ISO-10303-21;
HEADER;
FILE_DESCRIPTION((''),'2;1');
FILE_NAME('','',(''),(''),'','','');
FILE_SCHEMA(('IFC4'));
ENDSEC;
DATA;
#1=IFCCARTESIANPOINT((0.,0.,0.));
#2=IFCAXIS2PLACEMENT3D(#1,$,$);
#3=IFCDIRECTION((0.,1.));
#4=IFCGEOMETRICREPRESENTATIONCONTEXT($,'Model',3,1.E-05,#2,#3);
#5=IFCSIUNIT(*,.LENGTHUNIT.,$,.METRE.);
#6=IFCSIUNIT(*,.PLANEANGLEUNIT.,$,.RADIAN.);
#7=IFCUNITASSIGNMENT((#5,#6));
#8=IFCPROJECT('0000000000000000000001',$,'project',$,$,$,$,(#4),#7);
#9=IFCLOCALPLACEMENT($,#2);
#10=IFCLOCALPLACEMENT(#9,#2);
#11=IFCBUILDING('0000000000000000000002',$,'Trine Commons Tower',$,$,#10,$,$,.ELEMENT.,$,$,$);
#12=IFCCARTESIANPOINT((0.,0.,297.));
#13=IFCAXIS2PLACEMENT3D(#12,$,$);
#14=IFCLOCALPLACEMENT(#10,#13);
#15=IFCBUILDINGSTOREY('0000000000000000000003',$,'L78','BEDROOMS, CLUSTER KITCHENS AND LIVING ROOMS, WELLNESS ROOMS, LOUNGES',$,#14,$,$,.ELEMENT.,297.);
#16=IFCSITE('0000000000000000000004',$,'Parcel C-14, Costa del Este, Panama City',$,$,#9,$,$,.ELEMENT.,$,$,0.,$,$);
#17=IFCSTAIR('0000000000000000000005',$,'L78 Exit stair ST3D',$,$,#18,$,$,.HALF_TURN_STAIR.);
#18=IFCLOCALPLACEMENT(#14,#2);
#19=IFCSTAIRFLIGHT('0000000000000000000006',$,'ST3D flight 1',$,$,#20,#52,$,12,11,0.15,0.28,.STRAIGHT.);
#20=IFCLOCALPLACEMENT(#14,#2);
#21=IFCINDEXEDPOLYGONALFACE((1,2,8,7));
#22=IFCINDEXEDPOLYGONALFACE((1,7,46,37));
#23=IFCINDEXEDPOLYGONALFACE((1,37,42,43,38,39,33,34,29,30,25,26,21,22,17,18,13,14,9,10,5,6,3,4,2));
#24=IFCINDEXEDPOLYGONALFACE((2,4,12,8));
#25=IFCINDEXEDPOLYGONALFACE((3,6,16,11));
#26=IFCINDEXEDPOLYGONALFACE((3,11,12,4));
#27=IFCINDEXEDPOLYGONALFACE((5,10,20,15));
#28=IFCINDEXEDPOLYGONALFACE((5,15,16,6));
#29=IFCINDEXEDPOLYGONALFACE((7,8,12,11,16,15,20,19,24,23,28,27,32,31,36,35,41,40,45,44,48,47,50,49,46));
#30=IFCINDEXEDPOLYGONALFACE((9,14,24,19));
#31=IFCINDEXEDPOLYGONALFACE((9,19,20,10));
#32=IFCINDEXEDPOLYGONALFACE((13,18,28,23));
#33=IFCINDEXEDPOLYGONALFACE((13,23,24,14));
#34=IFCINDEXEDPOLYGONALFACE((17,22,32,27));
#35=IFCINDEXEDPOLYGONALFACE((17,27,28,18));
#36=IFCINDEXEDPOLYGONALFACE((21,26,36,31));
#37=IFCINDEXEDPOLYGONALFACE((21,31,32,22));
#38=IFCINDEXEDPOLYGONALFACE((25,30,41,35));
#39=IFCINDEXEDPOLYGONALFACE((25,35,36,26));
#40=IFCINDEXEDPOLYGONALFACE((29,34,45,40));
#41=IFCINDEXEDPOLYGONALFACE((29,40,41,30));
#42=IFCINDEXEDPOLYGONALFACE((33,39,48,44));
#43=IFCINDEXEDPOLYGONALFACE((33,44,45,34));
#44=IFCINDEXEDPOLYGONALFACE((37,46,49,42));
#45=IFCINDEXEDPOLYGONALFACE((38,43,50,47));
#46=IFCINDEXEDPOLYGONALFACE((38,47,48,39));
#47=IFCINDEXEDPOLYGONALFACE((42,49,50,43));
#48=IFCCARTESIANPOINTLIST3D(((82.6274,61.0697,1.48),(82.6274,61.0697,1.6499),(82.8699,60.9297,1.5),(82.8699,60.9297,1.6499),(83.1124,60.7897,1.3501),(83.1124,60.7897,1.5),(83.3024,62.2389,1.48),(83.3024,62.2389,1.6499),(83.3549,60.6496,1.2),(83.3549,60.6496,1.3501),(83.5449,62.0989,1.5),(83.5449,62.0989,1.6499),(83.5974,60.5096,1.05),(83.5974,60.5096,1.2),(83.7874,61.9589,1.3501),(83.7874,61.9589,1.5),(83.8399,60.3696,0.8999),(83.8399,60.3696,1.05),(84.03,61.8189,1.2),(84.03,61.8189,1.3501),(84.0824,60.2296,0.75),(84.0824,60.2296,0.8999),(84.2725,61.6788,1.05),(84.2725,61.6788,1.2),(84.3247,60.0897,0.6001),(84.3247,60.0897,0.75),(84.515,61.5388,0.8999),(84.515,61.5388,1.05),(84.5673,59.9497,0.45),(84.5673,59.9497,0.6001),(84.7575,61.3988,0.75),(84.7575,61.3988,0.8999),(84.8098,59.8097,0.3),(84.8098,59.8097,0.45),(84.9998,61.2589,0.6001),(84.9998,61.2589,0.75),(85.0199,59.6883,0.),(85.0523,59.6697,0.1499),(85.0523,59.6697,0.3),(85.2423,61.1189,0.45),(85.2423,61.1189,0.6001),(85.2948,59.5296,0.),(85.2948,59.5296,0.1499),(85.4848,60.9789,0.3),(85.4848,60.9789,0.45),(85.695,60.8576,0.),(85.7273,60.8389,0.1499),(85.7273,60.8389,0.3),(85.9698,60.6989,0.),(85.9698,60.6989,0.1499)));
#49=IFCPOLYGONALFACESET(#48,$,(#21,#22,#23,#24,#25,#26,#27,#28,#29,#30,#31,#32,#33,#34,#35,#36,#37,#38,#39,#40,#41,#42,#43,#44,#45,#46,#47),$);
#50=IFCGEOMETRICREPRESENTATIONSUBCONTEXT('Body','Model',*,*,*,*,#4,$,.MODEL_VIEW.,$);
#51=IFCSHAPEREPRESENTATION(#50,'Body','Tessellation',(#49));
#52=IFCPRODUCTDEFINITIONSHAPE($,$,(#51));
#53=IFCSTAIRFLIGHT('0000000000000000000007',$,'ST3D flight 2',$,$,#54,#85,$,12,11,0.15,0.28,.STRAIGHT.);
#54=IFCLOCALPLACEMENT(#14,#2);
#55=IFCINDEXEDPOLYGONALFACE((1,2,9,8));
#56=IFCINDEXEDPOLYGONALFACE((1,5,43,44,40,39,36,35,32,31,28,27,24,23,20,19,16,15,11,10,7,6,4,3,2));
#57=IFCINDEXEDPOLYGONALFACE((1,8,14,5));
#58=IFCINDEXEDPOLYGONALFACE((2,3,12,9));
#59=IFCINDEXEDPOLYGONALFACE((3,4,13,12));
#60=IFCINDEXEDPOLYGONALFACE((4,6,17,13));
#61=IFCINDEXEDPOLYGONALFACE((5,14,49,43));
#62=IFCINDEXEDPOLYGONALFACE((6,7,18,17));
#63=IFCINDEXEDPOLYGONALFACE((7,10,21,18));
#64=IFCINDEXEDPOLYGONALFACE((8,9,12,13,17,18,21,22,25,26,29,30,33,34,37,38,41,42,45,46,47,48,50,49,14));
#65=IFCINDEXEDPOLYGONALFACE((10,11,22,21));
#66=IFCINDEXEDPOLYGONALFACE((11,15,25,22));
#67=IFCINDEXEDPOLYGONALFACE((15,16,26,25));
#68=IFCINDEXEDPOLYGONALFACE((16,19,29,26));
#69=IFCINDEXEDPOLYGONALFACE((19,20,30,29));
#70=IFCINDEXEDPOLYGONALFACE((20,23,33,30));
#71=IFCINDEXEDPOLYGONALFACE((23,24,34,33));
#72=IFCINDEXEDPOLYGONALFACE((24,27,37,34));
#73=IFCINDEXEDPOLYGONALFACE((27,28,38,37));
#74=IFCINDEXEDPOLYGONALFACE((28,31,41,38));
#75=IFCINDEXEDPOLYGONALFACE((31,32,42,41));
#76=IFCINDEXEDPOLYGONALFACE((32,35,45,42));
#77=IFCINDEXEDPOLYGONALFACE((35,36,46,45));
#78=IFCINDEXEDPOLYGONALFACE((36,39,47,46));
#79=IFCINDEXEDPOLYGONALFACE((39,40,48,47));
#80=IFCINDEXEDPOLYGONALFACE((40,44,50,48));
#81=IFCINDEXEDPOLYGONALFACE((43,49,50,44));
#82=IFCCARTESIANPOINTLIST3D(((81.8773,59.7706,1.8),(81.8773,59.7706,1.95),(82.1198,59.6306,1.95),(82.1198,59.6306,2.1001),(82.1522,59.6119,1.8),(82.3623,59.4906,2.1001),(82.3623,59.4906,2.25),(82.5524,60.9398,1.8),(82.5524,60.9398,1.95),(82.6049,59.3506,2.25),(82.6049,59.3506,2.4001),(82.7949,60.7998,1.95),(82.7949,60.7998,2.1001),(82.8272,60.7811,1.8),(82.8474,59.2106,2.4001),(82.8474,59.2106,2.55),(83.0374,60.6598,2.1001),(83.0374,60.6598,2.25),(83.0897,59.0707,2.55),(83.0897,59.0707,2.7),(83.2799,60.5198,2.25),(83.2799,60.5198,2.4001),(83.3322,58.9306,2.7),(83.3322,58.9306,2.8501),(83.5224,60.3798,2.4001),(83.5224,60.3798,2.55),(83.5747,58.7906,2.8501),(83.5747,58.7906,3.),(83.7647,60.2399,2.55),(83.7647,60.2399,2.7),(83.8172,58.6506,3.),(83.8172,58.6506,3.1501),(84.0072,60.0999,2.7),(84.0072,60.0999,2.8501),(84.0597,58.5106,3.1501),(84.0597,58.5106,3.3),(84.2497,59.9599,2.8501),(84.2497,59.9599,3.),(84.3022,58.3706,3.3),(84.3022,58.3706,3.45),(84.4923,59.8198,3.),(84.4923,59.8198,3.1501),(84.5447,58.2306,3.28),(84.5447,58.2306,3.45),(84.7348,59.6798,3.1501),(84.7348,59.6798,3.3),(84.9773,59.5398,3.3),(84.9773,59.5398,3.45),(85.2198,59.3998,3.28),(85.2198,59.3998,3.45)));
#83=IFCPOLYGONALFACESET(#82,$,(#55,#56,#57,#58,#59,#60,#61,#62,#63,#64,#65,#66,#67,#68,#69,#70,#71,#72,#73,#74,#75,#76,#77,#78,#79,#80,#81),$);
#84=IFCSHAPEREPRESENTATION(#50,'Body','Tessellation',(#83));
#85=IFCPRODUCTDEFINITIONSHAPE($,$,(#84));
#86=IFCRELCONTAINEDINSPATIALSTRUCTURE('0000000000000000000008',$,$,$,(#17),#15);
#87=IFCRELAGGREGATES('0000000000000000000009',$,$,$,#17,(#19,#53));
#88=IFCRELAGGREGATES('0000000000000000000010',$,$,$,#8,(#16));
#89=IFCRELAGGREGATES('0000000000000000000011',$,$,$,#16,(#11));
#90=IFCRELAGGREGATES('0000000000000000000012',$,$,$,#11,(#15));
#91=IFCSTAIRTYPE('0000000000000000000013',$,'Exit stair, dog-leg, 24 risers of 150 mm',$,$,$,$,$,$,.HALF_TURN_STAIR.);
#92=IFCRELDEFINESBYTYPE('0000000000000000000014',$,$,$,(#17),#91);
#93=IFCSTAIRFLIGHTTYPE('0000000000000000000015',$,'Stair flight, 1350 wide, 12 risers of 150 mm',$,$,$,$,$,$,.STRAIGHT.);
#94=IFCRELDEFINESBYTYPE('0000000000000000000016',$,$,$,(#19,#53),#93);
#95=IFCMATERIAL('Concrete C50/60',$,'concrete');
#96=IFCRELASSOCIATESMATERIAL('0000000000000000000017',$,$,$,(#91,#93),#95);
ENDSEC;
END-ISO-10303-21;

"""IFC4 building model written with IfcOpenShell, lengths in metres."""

from ifc_helpers import new_model, si_unit, direction, frame, origin, place, context, subcontext, project, spatial, polyline, outline, extrude, material, type_object, element, aggregate, save


model = new_model("IFC4")

# Units and contexts
model_context = context("Model", 3, precision=1e-05, world=origin(), true_north=direction((0.0, 1.0)))
body_context = subcontext(model_context, "Body", "Model", "MODEL_VIEW")
ifc_project = project(units=[si_unit("LENGTHUNIT", "METRE"), si_unit("PLANEANGLEUNIT", "RADIAN")], contexts=[model_context])

# Site, building, storey
site_placement = place(None, origin())
site = spatial("IfcSite", under=ifc_project, at=site_placement, Name="Parcel C-14, Costa del Este, Panama City", CompositionType="ELEMENT", RefElevation=0.0)
building_placement = place(site_placement, origin())
building = spatial("IfcBuilding", under=site, at=building_placement, Name="Trine Commons Tower", CompositionType="ELEMENT")
storey_placement = place(building_placement, frame((0.0, 0.0, 297.0)))
storey = spatial("IfcBuildingStorey", under=building, at=storey_placement, Name="L78", Description="BEDROOMS, CLUSTER KITCHENS AND LIVING ROOMS, WELLNESS ROOMS, LOUNGES", CompositionType="ELEMENT", Elevation=297.0)

# Shared definitions
ifc_material_1 = material(Name="Concrete C50/60", Category="concrete")

# Stair, stair flights
stair_type = type_object("IfcStairType", Name="Exit stair, dog-leg, 24 risers of 150 mm", PredefinedType="HALF_TURN_STAIR", material=ifc_material_1)
stair_placement = place(storey_placement, origin())
stair = element("IfcStair", 1, at=stair_placement, inside=storey, type_object=stair_type, Name="L78 Exit stair ST3D", PredefinedType="HALF_TURN_STAIR")
stair_flight_type = type_object("IfcStairFlightType", Name="Stair flight, 1350 wide, 12 risers of 150 mm", PredefinedType="STRAIGHT", material=ifc_material_1)
stair_flight_1_placement = place(storey_placement, frame((85.6323, 60.1143, 0.0), z_axis=(0.0, 0.0, 1.0), x_axis=(-0.866025, 0.5, 0.0)))
stair_flight_1 = element("IfcStairFlight", 2, at=stair_flight_1_placement, type_object=stair_flight_type, Name="ST3D flight 1", NumberOfRisers=12, NumberOfTreads=11, PredefinedType="STRAIGHT", RiserHeight=0.15, TreadLength=0.28, context=body_context, shape_type="SweptSolid", body=[
    extrude(outline(polyline([(0.0, 0.0), (0.0, 0.1499), (0.28, 0.1499), (0.28, 0.3), (0.5601, 0.3), (0.5601, 0.45), (0.8401, 0.45), (0.8401, 0.6001), (1.1201, 0.6001), (1.1201, 0.75), (1.3999, 0.75), (1.3999, 0.8999), (1.6799, 0.8999), (1.6799, 1.05), (1.96, 1.05), (1.96, 1.2), (2.24, 1.2), (2.24, 1.3501), (2.52, 1.3501), (2.52, 1.5), (2.8, 1.5), (2.8, 1.6499), (3.0801, 1.6499), (3.0801, 1.8), (3.0801, 1.48), (0.3174, 0.0), (0.0, 0.0)])), frame((0.0, 0.675, 0.0), z_axis=(0.0, -1.0, 0.0), x_axis=(1.0, 0.0, 0.0)), (0.0, 0.0, 1.0), 1.3501),
])
stair_flight_2_placement = place(storey_placement, frame((82.2148, 60.3552, 1.8), z_axis=(0.0, 0.0, 1.0), x_axis=(0.866025, -0.5, 0.0)))
stair_flight_2 = element("IfcStairFlight", 3, at=stair_flight_2_placement, type_object=stair_flight_type, Name="ST3D flight 2", NumberOfRisers=12, NumberOfTreads=11, PredefinedType="STRAIGHT", RiserHeight=0.15, TreadLength=0.28, context=body_context, shape_type="SweptSolid", body=[
    extrude(outline(polyline([(0.0, 0.0), (0.0, 0.1499), (0.28, 0.1499), (0.28, 0.3), (0.5601, 0.3), (0.5601, 0.45), (0.8401, 0.45), (0.8401, 0.6001), (1.1201, 0.6001), (1.1201, 0.75), (1.3999, 0.75), (1.3999, 0.8999), (1.6799, 0.8999), (1.6799, 1.05), (1.96, 1.05), (1.96, 1.2), (2.24, 1.2), (2.24, 1.3501), (2.52, 1.3501), (2.52, 1.5), (2.8, 1.5), (2.8, 1.6499), (3.0801, 1.6499), (3.0801, 1.8), (3.0801, 1.48), (0.3174, 0.0), (0.0, 0.0)])), frame((0.0, 0.675, 0.0), z_axis=(0.0, -1.0, 0.0), x_axis=(1.0, 0.0, 0.0)), (0.0, 0.0, 1.0), 1.3501),
])
aggregate(stair, [stair_flight_1, stair_flight_2])

save(model, "model.ifc")
